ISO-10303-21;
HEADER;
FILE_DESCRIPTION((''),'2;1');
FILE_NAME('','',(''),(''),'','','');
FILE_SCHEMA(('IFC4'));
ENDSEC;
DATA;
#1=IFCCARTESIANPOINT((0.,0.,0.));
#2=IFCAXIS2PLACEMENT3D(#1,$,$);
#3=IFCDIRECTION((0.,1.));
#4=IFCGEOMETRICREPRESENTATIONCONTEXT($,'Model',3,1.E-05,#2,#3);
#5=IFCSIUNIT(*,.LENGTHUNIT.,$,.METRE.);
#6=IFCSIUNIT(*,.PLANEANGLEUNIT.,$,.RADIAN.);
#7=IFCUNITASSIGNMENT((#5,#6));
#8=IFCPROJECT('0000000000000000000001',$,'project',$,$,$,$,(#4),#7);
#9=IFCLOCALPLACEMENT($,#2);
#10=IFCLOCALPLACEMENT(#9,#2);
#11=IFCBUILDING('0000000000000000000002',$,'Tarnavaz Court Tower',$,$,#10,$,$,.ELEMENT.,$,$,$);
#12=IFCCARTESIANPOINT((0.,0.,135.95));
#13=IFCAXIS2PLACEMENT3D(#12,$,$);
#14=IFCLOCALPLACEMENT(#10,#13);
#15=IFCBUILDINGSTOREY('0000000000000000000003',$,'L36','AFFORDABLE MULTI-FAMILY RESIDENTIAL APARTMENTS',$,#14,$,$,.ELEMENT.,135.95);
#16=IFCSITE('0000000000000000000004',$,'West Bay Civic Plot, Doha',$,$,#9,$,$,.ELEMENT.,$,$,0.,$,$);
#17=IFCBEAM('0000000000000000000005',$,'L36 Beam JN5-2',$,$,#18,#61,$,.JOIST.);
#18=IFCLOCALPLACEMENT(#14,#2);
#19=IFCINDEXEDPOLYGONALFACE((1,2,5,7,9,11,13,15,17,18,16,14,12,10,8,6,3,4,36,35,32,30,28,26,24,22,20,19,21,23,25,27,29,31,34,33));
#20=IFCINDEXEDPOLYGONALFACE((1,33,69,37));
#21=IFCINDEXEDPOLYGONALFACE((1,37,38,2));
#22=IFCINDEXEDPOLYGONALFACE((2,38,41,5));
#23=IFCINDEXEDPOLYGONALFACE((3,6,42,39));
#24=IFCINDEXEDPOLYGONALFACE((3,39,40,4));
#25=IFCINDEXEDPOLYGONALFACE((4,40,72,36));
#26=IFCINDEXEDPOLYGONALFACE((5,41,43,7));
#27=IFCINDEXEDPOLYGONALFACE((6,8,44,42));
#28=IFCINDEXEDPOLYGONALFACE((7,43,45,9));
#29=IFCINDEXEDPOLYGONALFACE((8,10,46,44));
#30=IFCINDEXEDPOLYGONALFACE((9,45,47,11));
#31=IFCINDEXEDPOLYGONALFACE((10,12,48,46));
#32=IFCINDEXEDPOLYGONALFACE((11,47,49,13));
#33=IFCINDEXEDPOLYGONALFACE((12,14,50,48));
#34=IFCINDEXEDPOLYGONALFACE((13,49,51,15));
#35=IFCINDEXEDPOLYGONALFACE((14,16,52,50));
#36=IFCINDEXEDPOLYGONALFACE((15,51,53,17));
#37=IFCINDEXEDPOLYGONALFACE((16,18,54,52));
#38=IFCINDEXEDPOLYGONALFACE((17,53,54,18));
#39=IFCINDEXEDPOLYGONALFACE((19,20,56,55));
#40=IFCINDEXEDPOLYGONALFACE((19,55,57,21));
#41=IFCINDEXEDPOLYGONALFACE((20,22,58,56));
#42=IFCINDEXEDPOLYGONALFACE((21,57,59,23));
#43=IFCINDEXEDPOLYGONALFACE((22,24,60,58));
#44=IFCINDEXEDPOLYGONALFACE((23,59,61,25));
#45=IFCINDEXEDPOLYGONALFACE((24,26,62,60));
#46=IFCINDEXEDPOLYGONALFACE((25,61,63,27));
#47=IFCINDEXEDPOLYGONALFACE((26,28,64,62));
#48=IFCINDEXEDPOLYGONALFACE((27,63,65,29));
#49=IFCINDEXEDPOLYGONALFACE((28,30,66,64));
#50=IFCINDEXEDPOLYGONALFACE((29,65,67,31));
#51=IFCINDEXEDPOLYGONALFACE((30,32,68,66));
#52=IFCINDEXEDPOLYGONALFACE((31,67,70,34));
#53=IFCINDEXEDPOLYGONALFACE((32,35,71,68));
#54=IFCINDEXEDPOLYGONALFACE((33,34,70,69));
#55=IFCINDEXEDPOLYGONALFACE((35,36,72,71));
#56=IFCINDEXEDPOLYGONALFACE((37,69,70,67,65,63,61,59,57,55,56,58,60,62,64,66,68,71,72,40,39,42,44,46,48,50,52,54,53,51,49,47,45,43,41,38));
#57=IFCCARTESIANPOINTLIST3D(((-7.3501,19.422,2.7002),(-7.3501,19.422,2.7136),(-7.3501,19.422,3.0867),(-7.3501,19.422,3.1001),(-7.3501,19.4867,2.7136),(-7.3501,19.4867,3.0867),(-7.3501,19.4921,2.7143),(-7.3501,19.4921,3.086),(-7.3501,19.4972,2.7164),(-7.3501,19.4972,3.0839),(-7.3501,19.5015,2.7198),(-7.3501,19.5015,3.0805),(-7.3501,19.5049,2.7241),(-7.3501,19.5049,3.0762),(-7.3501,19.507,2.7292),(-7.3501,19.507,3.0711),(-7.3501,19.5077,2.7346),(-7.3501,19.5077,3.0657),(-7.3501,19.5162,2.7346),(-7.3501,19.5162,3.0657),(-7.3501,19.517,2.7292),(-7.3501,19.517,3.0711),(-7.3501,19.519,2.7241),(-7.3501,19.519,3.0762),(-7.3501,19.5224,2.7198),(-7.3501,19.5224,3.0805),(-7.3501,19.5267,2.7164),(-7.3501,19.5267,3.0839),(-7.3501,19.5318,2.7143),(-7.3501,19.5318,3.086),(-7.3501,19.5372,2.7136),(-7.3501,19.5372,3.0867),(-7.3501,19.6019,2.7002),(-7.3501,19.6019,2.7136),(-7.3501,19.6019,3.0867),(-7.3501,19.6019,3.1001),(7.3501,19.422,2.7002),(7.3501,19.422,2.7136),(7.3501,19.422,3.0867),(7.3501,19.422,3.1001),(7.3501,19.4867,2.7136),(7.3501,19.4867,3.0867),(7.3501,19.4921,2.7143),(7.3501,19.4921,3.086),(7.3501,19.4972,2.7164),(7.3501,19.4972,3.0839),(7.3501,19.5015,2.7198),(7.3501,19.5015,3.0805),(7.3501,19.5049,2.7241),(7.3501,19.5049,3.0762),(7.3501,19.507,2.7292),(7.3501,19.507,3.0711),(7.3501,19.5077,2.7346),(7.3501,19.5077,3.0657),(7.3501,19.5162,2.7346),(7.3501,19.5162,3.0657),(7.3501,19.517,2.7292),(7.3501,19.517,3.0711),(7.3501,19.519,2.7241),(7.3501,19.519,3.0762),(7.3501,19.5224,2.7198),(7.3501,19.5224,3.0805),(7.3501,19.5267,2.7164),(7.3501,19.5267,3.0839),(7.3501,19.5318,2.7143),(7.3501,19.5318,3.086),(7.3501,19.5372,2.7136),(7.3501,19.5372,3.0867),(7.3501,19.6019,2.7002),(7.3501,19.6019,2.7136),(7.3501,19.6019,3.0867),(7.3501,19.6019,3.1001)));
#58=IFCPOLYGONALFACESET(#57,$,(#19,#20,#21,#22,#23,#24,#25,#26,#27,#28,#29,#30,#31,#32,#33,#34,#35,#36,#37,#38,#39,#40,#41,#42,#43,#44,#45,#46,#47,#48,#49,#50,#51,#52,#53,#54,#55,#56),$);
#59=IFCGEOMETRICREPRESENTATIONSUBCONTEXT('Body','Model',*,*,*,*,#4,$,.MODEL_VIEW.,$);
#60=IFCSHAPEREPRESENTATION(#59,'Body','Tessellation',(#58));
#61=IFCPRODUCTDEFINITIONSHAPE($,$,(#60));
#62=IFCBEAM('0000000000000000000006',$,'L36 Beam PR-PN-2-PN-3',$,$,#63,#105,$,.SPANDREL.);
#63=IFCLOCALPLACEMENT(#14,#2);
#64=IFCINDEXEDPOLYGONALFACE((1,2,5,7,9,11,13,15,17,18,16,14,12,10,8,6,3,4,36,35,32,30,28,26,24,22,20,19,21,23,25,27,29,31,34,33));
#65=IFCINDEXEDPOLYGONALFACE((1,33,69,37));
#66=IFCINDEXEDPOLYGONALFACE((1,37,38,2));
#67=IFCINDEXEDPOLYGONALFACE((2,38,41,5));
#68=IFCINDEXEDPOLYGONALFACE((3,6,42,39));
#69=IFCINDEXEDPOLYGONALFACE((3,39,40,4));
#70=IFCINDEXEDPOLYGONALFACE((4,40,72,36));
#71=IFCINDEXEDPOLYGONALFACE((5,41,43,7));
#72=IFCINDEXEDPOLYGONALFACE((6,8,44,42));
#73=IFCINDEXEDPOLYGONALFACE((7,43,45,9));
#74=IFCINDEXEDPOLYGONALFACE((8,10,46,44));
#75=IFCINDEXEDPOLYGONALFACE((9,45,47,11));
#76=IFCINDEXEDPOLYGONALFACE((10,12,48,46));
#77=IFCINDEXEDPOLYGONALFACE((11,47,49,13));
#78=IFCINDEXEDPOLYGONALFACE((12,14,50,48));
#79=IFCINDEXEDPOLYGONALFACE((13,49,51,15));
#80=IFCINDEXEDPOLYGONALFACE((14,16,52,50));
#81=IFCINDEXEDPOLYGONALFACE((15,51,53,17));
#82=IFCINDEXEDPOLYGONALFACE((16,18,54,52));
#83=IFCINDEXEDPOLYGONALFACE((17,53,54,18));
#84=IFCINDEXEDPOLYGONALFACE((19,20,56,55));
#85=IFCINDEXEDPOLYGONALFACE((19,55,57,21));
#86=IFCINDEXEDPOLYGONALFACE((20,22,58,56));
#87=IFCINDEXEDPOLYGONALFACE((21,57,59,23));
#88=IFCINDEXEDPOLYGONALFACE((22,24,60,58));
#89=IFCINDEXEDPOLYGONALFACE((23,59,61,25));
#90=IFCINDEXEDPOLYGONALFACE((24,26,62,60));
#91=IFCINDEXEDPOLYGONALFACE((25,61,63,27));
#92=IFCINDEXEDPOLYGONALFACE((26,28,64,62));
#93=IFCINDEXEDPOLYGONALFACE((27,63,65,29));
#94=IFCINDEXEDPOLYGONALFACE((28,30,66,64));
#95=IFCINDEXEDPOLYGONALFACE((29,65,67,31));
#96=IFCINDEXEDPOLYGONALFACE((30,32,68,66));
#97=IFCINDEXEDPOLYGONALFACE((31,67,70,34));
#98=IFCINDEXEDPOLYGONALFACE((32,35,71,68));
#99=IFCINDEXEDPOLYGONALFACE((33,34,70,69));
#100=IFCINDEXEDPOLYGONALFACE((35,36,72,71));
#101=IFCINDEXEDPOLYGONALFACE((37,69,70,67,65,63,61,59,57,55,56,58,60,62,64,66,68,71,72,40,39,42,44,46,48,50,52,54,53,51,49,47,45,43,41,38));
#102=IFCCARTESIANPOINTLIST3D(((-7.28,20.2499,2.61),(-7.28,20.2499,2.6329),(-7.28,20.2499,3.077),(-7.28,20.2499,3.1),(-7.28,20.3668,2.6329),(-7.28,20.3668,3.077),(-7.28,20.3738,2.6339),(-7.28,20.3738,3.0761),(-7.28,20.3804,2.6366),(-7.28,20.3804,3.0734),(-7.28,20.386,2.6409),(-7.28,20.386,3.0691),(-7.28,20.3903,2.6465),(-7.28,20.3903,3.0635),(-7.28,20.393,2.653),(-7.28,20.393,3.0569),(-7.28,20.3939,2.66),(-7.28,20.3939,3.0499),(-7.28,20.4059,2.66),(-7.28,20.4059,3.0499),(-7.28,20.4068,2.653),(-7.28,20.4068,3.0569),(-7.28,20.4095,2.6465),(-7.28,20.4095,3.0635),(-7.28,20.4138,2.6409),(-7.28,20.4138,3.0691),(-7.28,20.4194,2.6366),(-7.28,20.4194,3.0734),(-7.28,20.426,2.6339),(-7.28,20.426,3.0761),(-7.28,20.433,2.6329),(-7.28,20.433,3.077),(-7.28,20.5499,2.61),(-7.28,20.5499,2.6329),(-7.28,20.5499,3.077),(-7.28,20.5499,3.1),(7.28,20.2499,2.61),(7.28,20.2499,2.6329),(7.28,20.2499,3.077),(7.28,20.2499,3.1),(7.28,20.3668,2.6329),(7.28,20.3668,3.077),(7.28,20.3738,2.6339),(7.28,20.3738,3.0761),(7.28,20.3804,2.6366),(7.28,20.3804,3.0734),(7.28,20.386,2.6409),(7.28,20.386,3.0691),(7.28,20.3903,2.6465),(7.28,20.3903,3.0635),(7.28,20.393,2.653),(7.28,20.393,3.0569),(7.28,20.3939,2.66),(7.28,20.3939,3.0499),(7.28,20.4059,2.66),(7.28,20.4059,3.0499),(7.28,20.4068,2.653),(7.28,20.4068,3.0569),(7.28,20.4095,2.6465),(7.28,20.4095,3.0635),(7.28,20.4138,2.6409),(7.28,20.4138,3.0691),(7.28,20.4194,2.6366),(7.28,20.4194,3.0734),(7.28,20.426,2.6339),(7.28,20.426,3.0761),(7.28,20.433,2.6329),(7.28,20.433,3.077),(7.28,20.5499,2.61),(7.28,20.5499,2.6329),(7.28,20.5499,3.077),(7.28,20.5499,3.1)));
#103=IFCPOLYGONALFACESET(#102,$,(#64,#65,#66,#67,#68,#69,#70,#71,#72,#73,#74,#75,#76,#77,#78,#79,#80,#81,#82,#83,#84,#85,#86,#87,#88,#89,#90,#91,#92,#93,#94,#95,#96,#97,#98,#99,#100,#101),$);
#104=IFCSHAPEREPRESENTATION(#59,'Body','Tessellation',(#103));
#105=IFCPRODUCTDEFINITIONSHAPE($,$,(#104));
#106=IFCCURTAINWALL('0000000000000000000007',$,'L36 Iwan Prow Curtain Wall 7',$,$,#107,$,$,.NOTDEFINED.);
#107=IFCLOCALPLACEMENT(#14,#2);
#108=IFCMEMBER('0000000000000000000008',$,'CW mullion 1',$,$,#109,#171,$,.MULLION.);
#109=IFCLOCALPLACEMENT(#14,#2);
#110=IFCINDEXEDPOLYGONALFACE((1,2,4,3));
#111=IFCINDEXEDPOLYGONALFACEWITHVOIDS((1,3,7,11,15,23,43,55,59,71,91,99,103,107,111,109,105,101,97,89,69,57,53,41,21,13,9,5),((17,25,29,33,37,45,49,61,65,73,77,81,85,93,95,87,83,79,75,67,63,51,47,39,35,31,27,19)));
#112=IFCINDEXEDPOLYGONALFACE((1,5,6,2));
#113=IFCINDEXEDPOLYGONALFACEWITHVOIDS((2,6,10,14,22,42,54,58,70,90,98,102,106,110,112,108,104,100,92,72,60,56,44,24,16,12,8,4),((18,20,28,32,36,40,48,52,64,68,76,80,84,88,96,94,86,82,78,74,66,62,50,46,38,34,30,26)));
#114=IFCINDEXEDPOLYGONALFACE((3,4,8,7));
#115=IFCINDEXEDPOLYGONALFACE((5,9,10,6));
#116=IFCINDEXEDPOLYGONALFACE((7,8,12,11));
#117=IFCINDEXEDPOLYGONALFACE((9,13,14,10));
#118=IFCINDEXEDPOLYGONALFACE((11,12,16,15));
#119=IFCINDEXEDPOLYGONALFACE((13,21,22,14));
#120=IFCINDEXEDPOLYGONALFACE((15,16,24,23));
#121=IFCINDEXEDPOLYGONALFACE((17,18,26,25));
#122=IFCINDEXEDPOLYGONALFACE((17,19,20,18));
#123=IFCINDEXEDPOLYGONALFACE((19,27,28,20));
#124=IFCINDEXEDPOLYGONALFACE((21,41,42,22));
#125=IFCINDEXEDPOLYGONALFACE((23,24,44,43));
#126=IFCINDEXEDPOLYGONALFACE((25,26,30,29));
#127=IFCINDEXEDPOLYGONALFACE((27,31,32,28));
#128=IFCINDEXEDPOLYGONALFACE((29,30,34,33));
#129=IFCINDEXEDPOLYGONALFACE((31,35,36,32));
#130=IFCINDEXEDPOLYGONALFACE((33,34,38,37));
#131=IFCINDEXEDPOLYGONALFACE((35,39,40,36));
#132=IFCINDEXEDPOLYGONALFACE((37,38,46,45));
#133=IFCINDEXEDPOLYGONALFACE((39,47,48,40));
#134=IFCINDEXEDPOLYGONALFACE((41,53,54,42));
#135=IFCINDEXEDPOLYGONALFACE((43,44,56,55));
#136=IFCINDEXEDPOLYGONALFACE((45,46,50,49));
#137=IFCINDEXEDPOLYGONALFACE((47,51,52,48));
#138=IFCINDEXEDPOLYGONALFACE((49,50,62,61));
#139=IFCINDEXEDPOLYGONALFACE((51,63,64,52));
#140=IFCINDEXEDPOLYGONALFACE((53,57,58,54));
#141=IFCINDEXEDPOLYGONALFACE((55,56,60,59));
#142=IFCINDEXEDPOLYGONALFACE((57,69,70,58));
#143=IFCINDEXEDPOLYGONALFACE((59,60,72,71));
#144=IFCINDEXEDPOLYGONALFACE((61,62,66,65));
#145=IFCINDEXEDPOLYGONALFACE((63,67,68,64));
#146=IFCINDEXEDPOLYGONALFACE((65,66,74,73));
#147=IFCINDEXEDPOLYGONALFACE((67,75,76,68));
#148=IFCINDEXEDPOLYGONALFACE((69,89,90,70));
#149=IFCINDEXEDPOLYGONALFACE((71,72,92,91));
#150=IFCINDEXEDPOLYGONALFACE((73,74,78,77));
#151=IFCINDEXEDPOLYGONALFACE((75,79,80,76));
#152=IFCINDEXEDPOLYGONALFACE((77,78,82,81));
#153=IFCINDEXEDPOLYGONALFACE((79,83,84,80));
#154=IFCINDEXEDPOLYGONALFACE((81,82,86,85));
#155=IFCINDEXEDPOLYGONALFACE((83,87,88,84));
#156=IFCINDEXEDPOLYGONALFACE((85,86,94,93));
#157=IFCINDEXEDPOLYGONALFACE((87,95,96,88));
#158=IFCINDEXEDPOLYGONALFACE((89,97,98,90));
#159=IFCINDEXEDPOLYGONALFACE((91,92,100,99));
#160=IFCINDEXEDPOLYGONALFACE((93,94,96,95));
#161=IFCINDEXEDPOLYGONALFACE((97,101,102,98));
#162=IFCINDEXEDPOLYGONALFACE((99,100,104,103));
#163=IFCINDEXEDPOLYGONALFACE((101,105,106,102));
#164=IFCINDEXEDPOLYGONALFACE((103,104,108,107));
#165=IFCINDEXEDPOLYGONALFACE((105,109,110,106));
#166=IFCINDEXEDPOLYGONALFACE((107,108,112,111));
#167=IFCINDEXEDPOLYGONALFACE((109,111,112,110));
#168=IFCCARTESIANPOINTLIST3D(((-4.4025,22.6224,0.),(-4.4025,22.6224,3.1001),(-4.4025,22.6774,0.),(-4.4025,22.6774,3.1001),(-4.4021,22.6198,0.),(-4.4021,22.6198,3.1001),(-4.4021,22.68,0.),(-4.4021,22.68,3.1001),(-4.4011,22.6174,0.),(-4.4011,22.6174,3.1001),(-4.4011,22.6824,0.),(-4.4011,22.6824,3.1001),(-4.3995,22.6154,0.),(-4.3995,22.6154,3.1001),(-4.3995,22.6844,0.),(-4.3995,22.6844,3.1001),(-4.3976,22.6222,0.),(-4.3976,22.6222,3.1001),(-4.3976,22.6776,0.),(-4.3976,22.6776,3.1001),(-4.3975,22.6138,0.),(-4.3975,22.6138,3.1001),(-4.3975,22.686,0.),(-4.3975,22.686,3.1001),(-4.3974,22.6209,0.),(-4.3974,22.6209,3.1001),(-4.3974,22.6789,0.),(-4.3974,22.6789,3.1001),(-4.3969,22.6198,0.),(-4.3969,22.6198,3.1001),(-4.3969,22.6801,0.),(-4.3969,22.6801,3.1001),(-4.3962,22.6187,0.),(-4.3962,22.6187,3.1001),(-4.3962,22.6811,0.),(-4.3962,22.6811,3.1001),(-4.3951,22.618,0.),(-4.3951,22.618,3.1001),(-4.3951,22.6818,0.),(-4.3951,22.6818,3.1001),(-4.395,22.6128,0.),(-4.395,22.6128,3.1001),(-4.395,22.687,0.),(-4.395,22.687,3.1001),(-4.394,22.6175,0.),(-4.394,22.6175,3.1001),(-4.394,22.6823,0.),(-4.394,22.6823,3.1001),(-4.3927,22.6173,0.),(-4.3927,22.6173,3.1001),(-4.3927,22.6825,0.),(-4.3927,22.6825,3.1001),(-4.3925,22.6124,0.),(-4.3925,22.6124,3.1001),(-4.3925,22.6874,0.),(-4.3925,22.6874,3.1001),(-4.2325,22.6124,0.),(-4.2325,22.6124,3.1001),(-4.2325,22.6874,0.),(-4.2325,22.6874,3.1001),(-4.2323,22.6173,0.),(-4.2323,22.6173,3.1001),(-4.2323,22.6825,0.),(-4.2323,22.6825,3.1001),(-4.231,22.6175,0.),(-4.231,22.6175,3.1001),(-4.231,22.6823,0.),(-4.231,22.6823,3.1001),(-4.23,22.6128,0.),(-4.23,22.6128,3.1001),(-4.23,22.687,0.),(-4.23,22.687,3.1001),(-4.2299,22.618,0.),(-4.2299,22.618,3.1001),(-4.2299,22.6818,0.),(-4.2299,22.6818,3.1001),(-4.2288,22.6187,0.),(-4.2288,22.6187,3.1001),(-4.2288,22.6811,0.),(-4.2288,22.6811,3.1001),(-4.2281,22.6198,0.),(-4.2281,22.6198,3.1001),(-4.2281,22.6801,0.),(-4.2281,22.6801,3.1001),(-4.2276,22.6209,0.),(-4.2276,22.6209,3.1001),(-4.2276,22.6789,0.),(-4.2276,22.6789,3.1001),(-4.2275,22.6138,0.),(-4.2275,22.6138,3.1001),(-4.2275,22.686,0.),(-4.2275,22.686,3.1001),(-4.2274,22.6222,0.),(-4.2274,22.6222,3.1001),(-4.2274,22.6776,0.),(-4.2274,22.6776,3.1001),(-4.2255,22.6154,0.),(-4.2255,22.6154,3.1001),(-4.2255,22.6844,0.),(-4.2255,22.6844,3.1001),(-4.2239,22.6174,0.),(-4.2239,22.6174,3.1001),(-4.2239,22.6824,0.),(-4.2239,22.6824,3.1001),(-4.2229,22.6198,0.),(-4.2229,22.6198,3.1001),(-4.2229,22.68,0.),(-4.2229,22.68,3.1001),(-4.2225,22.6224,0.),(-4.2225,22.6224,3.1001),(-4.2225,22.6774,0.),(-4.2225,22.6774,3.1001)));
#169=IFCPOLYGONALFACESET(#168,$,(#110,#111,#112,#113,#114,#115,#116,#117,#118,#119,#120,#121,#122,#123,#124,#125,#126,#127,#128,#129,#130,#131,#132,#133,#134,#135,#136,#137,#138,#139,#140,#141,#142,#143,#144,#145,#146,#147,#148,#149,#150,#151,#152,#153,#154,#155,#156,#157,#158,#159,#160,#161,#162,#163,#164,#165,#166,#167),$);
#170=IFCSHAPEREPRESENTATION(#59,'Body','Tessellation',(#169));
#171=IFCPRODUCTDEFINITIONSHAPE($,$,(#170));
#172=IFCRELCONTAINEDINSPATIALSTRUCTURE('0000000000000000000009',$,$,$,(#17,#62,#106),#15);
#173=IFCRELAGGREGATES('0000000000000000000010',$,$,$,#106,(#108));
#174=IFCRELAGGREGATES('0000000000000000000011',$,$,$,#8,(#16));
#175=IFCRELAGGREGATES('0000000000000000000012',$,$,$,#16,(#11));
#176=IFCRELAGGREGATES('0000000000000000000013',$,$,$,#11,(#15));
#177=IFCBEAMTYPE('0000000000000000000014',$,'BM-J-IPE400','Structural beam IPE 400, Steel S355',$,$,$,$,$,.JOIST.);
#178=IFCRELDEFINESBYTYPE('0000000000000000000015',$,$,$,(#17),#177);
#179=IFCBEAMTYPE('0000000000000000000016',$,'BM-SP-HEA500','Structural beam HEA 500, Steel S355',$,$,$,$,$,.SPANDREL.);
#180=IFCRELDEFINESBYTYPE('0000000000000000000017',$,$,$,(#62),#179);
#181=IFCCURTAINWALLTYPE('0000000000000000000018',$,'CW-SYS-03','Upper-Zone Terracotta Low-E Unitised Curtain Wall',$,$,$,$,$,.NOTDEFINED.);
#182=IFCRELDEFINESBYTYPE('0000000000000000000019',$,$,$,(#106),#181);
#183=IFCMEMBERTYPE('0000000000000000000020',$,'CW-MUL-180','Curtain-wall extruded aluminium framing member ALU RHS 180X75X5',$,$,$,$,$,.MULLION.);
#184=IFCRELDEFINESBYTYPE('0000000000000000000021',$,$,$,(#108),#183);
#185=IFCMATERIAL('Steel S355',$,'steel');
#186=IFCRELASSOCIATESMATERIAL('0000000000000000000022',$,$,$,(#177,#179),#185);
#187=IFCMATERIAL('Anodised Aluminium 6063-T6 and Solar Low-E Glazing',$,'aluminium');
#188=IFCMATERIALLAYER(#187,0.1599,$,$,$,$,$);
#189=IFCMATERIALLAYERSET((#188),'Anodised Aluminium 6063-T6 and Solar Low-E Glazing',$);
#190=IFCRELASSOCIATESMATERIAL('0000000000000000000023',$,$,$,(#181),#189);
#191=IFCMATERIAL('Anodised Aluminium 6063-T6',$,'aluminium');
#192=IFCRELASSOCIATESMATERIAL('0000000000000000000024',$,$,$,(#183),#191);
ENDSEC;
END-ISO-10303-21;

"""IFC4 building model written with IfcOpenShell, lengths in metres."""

from ifc_helpers import new_model, si_unit, direction, frame, origin, origin_2d, place, context, subcontext, project, spatial, hollow_rectangle, i_section, extrude, material, layer, layer_set, material_profile, profile_set, type_object, element, aggregate, save


model = new_model("IFC4")

# Units and contexts
model_context = context("Model", 3, precision=1e-05, world=origin(), true_north=direction((0.0, 1.0)))
body_context = subcontext(model_context, "Body", "Model", "MODEL_VIEW")
ifc_project = project(units=[si_unit("LENGTHUNIT", "METRE"), si_unit("PLANEANGLEUNIT", "RADIAN")], contexts=[model_context])

# Site, building, storey
site_placement = place(None, origin())
site = spatial("IfcSite", under=ifc_project, at=site_placement, Name="West Bay Civic Plot, Doha", CompositionType="ELEMENT", RefElevation=0.0)
building_placement = place(site_placement, origin())
building = spatial("IfcBuilding", under=site, at=building_placement, Name="Tarnavaz Court Tower", CompositionType="ELEMENT")
storey_placement = place(building_placement, frame((0.0, 0.0, 135.95)))
storey = spatial("IfcBuildingStorey", under=building, at=storey_placement, Name="L36", Description="AFFORDABLE MULTI-FAMILY RESIDENTIAL APARTMENTS", CompositionType="ELEMENT", Elevation=135.95)

# Beams
ifc_material_1 = material(Name="Steel S355", Category="steel")
ifc_material_profile_1 = material_profile(ifc_material_1, i_section(OverallWidth=0.1799, OverallDepth=0.3999, WebThickness=0.0085, FlangeThickness=0.0134, FilletRadius=0.021, at=origin_2d()), Name="IPE 400")
ifc_profile_set_1 = profile_set([ifc_material_profile_1], Name="Steel S355")
beam_type_1 = type_object("IfcBeamType", Name="BM-J-IPE400", Description="Structural beam IPE 400, Steel S355", PredefinedType="JOIST", material=ifc_profile_set_1)
for number, where, z_axis, x_axis, name in (
    (1, (-7.3501, 19.512, 2.9001), (1.0, 0.0, 0.0), (0.0, 1.0, 0.0), "L36 Beam JN5-2"),
):
    element("IfcBeam", number, at=place(storey_placement, frame(where, z_axis=z_axis, x_axis=x_axis)), inside=storey, type_object=beam_type_1, Name=name, PredefinedType="JOIST", context=body_context, shape_type="SweptSolid", body=[
        extrude(i_section(OverallWidth=0.1799, OverallDepth=0.3999, WebThickness=0.0085, FlangeThickness=0.0134, FilletRadius=0.021, at=origin_2d()), origin(), (0.0, 0.0, 1.0), 14.7002),
    ])
ifc_material_profile_2 = material_profile(ifc_material_1, i_section(OverallWidth=0.3, OverallDepth=0.49, WebThickness=0.012, FlangeThickness=0.0229, FilletRadius=0.0271, at=origin_2d()), Name="HEA 500")
ifc_profile_set_2 = profile_set([ifc_material_profile_2], Name="Steel S355")
beam_type_2 = type_object("IfcBeamType", Name="BM-SP-HEA500", Description="Structural beam HEA 500, Steel S355", PredefinedType="SPANDREL", material=ifc_profile_set_2)
beam_placement = place(storey_placement, frame((-7.28, 20.3999, 2.855), z_axis=(1.0, 0.0, 0.0), x_axis=(0.0, 1.0, 0.0)))
element("IfcBeam", 2, at=beam_placement, inside=storey, type_object=beam_type_2, Name="L36 Beam PR-PN-2-PN-3", PredefinedType="SPANDREL", context=body_context, shape_type="SweptSolid", body=[
    extrude(i_section(OverallWidth=0.3, OverallDepth=0.49, WebThickness=0.012, FlangeThickness=0.0229, FilletRadius=0.0271, at=origin_2d()), origin(), (0.0, 0.0, 1.0), 14.5601),
])

# Curtain wall, member
ifc_material_2 = material(Name="Anodised Aluminium 6063-T6 and Solar Low-E Glazing", Category="aluminium")
ifc_layer_1 = layer(ifc_material_2, 0.1599)
ifc_layer_set_1 = layer_set([ifc_layer_1], Name="Anodised Aluminium 6063-T6 and Solar Low-E Glazing")
curtain_wall_type = type_object("IfcCurtainWallType", Name="CW-SYS-03", Description="Upper-Zone Terracotta Low-E Unitised Curtain Wall", PredefinedType="NOTDEFINED", material=ifc_layer_set_1)
curtain_wall_placement = place(storey_placement, origin())
curtain_wall = element("IfcCurtainWall", 3, at=curtain_wall_placement, inside=storey, type_object=curtain_wall_type, Name="L36 Iwan Prow Curtain Wall 7", PredefinedType="NOTDEFINED")
ifc_material_3 = material(Name="Anodised Aluminium 6063-T6", Category="aluminium")
ifc_material_profile_3 = material_profile(ifc_material_3, hollow_rectangle(XDim=0.075, YDim=0.1799, WallThickness=0.0049, InnerFilletRadius=0.0049, OuterFilletRadius=0.01, at=origin_2d()), Name="ALU RHS 180X75X5")
ifc_profile_set_3 = profile_set([ifc_material_profile_3], Name="Anodised Aluminium 6063-T6")
member_type_1 = type_object("IfcMemberType", Name="CW-MUL-180", Description="Curtain-wall extruded aluminium framing member ALU RHS 180X75X5", PredefinedType="MULLION", material=ifc_profile_set_3)
member_1_placement = place(storey_placement, frame((-4.3125, 22.6499, 0.0), z_axis=(0.0, 0.0, 1.0), x_axis=(0.0, 1.0, 0.0)))
member_1 = element("IfcMember", 4, at=member_1_placement, type_object=member_type_1, Name="CW mullion 1", PredefinedType="MULLION", context=body_context, shape_type="SweptSolid", body=[
    extrude(hollow_rectangle(XDim=0.075, YDim=0.1799, WallThickness=0.0049, InnerFilletRadius=0.0049, OuterFilletRadius=0.01, at=origin_2d()), origin(), (0.0, 0.0, 1.0), 3.1001),
])
aggregate(curtain_wall, [member_1])

save(model, "model.ifc")
